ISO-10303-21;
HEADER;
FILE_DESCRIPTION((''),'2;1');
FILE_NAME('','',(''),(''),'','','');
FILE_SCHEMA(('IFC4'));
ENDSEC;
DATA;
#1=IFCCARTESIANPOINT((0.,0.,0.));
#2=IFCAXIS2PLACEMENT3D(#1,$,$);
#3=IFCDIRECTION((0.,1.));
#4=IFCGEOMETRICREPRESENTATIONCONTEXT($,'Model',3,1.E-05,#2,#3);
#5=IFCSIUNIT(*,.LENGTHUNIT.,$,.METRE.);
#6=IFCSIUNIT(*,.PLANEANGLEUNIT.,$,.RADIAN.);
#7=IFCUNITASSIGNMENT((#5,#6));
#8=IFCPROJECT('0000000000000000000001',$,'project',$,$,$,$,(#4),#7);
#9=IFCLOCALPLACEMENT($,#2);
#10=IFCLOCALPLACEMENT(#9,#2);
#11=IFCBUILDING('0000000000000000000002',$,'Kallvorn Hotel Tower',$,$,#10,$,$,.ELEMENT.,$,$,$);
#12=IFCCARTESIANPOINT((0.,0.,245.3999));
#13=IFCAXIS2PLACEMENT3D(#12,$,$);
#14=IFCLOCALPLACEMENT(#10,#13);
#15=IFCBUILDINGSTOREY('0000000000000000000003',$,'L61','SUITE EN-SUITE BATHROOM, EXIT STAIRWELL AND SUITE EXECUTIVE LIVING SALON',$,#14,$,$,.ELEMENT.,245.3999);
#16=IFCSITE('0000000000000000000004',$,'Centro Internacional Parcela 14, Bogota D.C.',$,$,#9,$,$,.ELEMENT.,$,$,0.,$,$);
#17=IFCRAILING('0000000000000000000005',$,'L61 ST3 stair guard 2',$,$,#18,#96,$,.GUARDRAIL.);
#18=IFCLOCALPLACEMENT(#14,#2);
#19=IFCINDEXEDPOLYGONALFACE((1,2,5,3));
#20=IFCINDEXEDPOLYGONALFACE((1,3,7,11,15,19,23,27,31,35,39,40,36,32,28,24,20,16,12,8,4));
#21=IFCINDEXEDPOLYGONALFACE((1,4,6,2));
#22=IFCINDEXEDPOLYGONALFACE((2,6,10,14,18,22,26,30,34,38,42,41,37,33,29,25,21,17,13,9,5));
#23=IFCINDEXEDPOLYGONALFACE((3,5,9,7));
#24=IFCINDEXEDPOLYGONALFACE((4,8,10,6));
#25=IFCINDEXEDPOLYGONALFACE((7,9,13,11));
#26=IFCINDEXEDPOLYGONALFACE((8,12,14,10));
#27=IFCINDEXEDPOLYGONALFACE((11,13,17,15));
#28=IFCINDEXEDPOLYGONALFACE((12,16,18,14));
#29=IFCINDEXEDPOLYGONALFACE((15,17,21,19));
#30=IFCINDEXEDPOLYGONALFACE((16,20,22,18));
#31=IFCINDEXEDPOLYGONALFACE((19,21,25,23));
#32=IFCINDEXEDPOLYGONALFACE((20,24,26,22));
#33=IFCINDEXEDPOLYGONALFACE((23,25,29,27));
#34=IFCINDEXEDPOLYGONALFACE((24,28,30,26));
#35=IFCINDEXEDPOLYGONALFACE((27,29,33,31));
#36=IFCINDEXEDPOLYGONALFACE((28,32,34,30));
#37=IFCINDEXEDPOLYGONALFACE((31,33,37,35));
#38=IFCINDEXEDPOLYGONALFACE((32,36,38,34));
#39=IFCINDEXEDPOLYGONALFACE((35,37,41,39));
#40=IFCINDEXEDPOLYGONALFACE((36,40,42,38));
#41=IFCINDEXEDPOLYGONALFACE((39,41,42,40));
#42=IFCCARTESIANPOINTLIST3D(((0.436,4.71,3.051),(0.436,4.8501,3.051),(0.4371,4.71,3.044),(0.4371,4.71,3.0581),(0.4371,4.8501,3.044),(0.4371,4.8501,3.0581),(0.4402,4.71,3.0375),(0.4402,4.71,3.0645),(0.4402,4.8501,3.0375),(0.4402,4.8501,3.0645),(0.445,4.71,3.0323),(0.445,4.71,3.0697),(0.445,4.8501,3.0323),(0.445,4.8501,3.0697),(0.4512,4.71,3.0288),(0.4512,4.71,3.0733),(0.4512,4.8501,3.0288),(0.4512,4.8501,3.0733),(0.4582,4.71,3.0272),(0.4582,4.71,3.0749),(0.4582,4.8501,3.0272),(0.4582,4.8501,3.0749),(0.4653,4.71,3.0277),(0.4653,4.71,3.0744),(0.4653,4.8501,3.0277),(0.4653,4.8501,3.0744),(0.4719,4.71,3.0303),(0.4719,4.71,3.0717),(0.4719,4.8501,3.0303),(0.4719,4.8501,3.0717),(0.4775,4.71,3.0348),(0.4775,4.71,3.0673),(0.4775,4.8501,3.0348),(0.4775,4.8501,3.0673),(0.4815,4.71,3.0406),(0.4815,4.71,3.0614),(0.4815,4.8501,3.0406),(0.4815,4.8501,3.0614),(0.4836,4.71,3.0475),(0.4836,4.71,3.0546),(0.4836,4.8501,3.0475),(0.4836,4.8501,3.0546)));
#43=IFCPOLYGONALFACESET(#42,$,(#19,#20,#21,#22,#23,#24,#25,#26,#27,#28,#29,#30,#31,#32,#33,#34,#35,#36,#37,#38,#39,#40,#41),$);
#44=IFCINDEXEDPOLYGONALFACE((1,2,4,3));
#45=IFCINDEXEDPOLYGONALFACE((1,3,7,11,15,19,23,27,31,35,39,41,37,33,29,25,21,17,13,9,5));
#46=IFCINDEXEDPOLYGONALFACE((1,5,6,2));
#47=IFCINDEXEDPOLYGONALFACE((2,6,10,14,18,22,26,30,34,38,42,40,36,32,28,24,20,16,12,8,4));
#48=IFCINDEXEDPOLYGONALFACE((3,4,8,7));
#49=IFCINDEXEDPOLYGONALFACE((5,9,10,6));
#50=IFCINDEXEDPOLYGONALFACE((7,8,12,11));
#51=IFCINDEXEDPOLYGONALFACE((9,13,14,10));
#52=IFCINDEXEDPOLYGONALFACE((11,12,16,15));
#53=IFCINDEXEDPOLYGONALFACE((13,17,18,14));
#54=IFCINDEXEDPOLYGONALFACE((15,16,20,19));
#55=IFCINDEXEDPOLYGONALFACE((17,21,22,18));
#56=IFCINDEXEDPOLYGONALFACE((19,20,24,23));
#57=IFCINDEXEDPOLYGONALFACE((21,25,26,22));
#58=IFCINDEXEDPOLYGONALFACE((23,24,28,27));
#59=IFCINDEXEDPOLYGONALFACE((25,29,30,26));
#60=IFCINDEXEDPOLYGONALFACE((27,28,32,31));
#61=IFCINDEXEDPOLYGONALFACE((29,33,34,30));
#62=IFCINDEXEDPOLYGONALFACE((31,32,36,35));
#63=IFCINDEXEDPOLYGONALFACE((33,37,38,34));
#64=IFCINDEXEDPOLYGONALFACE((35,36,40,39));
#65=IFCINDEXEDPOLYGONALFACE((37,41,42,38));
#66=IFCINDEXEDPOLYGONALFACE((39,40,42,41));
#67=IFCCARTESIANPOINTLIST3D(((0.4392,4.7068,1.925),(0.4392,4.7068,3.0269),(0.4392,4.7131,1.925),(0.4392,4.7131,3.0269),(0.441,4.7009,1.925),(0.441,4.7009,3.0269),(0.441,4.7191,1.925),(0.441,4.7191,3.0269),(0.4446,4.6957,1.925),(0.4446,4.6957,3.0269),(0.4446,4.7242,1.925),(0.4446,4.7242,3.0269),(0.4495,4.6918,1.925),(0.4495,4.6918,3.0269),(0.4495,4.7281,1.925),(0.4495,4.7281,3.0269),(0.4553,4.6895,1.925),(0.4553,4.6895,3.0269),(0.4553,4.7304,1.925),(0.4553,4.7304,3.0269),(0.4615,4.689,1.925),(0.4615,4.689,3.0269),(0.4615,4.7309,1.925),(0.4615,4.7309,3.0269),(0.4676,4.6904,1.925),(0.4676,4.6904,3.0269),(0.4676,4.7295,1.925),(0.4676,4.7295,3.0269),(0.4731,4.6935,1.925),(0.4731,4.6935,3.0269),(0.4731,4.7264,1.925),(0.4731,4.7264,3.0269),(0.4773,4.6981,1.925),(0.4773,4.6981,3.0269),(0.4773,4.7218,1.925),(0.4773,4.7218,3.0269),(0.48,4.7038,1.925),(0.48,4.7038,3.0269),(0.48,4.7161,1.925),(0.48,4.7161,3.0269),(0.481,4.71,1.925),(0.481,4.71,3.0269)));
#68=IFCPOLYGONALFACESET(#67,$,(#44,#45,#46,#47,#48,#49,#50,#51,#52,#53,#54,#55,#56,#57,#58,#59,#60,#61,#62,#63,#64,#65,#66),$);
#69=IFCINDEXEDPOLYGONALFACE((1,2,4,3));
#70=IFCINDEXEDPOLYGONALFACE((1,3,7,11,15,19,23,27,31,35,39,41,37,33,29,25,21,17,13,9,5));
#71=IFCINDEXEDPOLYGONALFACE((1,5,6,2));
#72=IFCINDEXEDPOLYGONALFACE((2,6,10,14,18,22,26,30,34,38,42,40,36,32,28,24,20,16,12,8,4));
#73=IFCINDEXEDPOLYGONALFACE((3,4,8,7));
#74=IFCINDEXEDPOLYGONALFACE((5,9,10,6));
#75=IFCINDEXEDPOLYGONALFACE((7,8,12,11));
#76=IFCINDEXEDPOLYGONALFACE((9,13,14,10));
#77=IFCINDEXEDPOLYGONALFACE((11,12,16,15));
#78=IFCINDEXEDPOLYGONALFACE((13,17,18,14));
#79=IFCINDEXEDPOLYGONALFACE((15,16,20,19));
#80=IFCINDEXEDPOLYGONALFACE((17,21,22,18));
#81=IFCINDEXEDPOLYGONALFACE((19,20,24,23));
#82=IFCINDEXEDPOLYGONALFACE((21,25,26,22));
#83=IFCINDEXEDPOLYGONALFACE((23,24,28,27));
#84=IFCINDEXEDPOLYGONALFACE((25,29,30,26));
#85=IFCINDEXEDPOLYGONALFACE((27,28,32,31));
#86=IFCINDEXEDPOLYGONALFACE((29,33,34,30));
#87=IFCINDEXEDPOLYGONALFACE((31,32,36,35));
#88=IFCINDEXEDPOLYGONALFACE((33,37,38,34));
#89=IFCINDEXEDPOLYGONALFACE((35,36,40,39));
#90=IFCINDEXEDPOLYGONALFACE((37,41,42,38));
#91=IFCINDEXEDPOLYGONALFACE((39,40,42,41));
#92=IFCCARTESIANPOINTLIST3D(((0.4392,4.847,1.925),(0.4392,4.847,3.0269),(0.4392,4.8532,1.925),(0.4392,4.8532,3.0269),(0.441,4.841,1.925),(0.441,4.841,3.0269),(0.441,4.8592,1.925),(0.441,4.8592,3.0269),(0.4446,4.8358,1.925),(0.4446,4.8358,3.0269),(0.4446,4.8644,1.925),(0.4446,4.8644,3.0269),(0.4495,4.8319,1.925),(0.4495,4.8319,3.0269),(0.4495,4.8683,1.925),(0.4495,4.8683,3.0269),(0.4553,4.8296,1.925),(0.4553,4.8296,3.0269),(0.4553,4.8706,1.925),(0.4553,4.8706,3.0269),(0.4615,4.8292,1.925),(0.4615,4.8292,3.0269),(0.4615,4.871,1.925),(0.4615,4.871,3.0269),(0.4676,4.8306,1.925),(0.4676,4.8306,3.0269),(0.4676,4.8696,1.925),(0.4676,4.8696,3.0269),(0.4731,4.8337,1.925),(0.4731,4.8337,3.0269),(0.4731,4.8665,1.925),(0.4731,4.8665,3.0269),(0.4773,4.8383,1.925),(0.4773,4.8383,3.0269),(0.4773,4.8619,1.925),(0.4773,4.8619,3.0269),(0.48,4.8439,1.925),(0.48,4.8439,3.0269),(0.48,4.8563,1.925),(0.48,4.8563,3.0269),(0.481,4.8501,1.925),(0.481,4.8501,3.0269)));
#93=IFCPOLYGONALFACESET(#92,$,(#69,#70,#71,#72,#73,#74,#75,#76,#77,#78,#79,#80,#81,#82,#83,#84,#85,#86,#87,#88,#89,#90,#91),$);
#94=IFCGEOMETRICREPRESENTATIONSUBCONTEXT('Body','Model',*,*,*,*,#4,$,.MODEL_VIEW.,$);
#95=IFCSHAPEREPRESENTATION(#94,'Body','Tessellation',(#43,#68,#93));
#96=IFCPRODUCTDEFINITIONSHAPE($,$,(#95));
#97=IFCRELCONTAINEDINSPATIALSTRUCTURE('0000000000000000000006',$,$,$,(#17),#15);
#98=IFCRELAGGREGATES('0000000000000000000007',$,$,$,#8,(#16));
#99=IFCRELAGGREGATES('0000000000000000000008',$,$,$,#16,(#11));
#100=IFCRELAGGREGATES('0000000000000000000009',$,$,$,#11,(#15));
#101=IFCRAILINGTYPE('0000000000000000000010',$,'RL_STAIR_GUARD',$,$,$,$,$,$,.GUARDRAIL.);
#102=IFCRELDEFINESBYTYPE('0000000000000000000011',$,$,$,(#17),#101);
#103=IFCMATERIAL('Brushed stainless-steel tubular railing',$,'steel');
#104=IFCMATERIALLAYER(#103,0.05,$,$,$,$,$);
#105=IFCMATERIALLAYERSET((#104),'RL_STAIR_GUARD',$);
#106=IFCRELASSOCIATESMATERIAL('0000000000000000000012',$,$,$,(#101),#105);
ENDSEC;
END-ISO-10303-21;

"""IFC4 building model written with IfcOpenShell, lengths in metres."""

from ifc_helpers import new_model, si_unit, direction, frame, origin, origin_2d, place, context, subcontext, project, spatial, circle, extrude, material, layer, layer_set, type_object, element, save


model = new_model("IFC4")

# Units and contexts
model_context = context("Model", 3, precision=1e-05, world=origin(), true_north=direction((0.0, 1.0)))
body_context = subcontext(model_context, "Body", "Model", "MODEL_VIEW")
ifc_project = project(units=[si_unit("LENGTHUNIT", "METRE"), si_unit("PLANEANGLEUNIT", "RADIAN")], contexts=[model_context])

# Site, building, storey
site_placement = place(None, origin())
site = spatial("IfcSite", under=ifc_project, at=site_placement, Name="Centro Internacional Parcela 14, Bogota D.C.", CompositionType="ELEMENT", RefElevation=0.0)
building_placement = place(site_placement, origin())
building = spatial("IfcBuilding", under=site, at=building_placement, Name="Kallvorn Hotel Tower", CompositionType="ELEMENT")
storey_placement = place(building_placement, frame((0.0, 0.0, 245.3999)))
storey = spatial("IfcBuildingStorey", under=building, at=storey_placement, Name="L61", Description="SUITE EN-SUITE BATHROOM, EXIT STAIRWELL AND SUITE EXECUTIVE LIVING SALON", CompositionType="ELEMENT", Elevation=245.3999)

# Railing
ifc_material_1 = material(Name="Brushed stainless-steel tubular railing", Category="steel")
ifc_layer_1 = layer(ifc_material_1, 0.05)
ifc_layer_set_1 = layer_set([ifc_layer_1], Name="RL_STAIR_GUARD")
railing_type_1 = type_object("IfcRailingType", Name="RL_STAIR_GUARD", PredefinedType="GUARDRAIL", material=ifc_layer_set_1)
railing_1_placement = place(storey_placement, frame((0.46, 4.71, 1.925)))
element("IfcRailing", 1, at=railing_1_placement, inside=storey, type_object=railing_type_1, Name="L61 ST3 stair guard 2", PredefinedType="GUARDRAIL", context=body_context, shape_type="SweptSolid", body=[
    extrude(circle(Radius=0.0239, at=origin_2d()), frame((0.0, 0.0, 1.126), z_axis=(0.0, 1.0, 0.0), x_axis=(-1.0, 0.0, 0.0)), (0.0, 0.0, 1.0), 0.1401),
    extrude(circle(Radius=0.021, at=origin_2d()), origin(), (0.0, 0.0, 1.0), 1.1018),
    extrude(circle(Radius=0.021, at=origin_2d()), frame((0.0, 0.1401, 0.0)), (0.0, 0.0, 1.0), 1.1018),
])

save(model, "model.ifc")
